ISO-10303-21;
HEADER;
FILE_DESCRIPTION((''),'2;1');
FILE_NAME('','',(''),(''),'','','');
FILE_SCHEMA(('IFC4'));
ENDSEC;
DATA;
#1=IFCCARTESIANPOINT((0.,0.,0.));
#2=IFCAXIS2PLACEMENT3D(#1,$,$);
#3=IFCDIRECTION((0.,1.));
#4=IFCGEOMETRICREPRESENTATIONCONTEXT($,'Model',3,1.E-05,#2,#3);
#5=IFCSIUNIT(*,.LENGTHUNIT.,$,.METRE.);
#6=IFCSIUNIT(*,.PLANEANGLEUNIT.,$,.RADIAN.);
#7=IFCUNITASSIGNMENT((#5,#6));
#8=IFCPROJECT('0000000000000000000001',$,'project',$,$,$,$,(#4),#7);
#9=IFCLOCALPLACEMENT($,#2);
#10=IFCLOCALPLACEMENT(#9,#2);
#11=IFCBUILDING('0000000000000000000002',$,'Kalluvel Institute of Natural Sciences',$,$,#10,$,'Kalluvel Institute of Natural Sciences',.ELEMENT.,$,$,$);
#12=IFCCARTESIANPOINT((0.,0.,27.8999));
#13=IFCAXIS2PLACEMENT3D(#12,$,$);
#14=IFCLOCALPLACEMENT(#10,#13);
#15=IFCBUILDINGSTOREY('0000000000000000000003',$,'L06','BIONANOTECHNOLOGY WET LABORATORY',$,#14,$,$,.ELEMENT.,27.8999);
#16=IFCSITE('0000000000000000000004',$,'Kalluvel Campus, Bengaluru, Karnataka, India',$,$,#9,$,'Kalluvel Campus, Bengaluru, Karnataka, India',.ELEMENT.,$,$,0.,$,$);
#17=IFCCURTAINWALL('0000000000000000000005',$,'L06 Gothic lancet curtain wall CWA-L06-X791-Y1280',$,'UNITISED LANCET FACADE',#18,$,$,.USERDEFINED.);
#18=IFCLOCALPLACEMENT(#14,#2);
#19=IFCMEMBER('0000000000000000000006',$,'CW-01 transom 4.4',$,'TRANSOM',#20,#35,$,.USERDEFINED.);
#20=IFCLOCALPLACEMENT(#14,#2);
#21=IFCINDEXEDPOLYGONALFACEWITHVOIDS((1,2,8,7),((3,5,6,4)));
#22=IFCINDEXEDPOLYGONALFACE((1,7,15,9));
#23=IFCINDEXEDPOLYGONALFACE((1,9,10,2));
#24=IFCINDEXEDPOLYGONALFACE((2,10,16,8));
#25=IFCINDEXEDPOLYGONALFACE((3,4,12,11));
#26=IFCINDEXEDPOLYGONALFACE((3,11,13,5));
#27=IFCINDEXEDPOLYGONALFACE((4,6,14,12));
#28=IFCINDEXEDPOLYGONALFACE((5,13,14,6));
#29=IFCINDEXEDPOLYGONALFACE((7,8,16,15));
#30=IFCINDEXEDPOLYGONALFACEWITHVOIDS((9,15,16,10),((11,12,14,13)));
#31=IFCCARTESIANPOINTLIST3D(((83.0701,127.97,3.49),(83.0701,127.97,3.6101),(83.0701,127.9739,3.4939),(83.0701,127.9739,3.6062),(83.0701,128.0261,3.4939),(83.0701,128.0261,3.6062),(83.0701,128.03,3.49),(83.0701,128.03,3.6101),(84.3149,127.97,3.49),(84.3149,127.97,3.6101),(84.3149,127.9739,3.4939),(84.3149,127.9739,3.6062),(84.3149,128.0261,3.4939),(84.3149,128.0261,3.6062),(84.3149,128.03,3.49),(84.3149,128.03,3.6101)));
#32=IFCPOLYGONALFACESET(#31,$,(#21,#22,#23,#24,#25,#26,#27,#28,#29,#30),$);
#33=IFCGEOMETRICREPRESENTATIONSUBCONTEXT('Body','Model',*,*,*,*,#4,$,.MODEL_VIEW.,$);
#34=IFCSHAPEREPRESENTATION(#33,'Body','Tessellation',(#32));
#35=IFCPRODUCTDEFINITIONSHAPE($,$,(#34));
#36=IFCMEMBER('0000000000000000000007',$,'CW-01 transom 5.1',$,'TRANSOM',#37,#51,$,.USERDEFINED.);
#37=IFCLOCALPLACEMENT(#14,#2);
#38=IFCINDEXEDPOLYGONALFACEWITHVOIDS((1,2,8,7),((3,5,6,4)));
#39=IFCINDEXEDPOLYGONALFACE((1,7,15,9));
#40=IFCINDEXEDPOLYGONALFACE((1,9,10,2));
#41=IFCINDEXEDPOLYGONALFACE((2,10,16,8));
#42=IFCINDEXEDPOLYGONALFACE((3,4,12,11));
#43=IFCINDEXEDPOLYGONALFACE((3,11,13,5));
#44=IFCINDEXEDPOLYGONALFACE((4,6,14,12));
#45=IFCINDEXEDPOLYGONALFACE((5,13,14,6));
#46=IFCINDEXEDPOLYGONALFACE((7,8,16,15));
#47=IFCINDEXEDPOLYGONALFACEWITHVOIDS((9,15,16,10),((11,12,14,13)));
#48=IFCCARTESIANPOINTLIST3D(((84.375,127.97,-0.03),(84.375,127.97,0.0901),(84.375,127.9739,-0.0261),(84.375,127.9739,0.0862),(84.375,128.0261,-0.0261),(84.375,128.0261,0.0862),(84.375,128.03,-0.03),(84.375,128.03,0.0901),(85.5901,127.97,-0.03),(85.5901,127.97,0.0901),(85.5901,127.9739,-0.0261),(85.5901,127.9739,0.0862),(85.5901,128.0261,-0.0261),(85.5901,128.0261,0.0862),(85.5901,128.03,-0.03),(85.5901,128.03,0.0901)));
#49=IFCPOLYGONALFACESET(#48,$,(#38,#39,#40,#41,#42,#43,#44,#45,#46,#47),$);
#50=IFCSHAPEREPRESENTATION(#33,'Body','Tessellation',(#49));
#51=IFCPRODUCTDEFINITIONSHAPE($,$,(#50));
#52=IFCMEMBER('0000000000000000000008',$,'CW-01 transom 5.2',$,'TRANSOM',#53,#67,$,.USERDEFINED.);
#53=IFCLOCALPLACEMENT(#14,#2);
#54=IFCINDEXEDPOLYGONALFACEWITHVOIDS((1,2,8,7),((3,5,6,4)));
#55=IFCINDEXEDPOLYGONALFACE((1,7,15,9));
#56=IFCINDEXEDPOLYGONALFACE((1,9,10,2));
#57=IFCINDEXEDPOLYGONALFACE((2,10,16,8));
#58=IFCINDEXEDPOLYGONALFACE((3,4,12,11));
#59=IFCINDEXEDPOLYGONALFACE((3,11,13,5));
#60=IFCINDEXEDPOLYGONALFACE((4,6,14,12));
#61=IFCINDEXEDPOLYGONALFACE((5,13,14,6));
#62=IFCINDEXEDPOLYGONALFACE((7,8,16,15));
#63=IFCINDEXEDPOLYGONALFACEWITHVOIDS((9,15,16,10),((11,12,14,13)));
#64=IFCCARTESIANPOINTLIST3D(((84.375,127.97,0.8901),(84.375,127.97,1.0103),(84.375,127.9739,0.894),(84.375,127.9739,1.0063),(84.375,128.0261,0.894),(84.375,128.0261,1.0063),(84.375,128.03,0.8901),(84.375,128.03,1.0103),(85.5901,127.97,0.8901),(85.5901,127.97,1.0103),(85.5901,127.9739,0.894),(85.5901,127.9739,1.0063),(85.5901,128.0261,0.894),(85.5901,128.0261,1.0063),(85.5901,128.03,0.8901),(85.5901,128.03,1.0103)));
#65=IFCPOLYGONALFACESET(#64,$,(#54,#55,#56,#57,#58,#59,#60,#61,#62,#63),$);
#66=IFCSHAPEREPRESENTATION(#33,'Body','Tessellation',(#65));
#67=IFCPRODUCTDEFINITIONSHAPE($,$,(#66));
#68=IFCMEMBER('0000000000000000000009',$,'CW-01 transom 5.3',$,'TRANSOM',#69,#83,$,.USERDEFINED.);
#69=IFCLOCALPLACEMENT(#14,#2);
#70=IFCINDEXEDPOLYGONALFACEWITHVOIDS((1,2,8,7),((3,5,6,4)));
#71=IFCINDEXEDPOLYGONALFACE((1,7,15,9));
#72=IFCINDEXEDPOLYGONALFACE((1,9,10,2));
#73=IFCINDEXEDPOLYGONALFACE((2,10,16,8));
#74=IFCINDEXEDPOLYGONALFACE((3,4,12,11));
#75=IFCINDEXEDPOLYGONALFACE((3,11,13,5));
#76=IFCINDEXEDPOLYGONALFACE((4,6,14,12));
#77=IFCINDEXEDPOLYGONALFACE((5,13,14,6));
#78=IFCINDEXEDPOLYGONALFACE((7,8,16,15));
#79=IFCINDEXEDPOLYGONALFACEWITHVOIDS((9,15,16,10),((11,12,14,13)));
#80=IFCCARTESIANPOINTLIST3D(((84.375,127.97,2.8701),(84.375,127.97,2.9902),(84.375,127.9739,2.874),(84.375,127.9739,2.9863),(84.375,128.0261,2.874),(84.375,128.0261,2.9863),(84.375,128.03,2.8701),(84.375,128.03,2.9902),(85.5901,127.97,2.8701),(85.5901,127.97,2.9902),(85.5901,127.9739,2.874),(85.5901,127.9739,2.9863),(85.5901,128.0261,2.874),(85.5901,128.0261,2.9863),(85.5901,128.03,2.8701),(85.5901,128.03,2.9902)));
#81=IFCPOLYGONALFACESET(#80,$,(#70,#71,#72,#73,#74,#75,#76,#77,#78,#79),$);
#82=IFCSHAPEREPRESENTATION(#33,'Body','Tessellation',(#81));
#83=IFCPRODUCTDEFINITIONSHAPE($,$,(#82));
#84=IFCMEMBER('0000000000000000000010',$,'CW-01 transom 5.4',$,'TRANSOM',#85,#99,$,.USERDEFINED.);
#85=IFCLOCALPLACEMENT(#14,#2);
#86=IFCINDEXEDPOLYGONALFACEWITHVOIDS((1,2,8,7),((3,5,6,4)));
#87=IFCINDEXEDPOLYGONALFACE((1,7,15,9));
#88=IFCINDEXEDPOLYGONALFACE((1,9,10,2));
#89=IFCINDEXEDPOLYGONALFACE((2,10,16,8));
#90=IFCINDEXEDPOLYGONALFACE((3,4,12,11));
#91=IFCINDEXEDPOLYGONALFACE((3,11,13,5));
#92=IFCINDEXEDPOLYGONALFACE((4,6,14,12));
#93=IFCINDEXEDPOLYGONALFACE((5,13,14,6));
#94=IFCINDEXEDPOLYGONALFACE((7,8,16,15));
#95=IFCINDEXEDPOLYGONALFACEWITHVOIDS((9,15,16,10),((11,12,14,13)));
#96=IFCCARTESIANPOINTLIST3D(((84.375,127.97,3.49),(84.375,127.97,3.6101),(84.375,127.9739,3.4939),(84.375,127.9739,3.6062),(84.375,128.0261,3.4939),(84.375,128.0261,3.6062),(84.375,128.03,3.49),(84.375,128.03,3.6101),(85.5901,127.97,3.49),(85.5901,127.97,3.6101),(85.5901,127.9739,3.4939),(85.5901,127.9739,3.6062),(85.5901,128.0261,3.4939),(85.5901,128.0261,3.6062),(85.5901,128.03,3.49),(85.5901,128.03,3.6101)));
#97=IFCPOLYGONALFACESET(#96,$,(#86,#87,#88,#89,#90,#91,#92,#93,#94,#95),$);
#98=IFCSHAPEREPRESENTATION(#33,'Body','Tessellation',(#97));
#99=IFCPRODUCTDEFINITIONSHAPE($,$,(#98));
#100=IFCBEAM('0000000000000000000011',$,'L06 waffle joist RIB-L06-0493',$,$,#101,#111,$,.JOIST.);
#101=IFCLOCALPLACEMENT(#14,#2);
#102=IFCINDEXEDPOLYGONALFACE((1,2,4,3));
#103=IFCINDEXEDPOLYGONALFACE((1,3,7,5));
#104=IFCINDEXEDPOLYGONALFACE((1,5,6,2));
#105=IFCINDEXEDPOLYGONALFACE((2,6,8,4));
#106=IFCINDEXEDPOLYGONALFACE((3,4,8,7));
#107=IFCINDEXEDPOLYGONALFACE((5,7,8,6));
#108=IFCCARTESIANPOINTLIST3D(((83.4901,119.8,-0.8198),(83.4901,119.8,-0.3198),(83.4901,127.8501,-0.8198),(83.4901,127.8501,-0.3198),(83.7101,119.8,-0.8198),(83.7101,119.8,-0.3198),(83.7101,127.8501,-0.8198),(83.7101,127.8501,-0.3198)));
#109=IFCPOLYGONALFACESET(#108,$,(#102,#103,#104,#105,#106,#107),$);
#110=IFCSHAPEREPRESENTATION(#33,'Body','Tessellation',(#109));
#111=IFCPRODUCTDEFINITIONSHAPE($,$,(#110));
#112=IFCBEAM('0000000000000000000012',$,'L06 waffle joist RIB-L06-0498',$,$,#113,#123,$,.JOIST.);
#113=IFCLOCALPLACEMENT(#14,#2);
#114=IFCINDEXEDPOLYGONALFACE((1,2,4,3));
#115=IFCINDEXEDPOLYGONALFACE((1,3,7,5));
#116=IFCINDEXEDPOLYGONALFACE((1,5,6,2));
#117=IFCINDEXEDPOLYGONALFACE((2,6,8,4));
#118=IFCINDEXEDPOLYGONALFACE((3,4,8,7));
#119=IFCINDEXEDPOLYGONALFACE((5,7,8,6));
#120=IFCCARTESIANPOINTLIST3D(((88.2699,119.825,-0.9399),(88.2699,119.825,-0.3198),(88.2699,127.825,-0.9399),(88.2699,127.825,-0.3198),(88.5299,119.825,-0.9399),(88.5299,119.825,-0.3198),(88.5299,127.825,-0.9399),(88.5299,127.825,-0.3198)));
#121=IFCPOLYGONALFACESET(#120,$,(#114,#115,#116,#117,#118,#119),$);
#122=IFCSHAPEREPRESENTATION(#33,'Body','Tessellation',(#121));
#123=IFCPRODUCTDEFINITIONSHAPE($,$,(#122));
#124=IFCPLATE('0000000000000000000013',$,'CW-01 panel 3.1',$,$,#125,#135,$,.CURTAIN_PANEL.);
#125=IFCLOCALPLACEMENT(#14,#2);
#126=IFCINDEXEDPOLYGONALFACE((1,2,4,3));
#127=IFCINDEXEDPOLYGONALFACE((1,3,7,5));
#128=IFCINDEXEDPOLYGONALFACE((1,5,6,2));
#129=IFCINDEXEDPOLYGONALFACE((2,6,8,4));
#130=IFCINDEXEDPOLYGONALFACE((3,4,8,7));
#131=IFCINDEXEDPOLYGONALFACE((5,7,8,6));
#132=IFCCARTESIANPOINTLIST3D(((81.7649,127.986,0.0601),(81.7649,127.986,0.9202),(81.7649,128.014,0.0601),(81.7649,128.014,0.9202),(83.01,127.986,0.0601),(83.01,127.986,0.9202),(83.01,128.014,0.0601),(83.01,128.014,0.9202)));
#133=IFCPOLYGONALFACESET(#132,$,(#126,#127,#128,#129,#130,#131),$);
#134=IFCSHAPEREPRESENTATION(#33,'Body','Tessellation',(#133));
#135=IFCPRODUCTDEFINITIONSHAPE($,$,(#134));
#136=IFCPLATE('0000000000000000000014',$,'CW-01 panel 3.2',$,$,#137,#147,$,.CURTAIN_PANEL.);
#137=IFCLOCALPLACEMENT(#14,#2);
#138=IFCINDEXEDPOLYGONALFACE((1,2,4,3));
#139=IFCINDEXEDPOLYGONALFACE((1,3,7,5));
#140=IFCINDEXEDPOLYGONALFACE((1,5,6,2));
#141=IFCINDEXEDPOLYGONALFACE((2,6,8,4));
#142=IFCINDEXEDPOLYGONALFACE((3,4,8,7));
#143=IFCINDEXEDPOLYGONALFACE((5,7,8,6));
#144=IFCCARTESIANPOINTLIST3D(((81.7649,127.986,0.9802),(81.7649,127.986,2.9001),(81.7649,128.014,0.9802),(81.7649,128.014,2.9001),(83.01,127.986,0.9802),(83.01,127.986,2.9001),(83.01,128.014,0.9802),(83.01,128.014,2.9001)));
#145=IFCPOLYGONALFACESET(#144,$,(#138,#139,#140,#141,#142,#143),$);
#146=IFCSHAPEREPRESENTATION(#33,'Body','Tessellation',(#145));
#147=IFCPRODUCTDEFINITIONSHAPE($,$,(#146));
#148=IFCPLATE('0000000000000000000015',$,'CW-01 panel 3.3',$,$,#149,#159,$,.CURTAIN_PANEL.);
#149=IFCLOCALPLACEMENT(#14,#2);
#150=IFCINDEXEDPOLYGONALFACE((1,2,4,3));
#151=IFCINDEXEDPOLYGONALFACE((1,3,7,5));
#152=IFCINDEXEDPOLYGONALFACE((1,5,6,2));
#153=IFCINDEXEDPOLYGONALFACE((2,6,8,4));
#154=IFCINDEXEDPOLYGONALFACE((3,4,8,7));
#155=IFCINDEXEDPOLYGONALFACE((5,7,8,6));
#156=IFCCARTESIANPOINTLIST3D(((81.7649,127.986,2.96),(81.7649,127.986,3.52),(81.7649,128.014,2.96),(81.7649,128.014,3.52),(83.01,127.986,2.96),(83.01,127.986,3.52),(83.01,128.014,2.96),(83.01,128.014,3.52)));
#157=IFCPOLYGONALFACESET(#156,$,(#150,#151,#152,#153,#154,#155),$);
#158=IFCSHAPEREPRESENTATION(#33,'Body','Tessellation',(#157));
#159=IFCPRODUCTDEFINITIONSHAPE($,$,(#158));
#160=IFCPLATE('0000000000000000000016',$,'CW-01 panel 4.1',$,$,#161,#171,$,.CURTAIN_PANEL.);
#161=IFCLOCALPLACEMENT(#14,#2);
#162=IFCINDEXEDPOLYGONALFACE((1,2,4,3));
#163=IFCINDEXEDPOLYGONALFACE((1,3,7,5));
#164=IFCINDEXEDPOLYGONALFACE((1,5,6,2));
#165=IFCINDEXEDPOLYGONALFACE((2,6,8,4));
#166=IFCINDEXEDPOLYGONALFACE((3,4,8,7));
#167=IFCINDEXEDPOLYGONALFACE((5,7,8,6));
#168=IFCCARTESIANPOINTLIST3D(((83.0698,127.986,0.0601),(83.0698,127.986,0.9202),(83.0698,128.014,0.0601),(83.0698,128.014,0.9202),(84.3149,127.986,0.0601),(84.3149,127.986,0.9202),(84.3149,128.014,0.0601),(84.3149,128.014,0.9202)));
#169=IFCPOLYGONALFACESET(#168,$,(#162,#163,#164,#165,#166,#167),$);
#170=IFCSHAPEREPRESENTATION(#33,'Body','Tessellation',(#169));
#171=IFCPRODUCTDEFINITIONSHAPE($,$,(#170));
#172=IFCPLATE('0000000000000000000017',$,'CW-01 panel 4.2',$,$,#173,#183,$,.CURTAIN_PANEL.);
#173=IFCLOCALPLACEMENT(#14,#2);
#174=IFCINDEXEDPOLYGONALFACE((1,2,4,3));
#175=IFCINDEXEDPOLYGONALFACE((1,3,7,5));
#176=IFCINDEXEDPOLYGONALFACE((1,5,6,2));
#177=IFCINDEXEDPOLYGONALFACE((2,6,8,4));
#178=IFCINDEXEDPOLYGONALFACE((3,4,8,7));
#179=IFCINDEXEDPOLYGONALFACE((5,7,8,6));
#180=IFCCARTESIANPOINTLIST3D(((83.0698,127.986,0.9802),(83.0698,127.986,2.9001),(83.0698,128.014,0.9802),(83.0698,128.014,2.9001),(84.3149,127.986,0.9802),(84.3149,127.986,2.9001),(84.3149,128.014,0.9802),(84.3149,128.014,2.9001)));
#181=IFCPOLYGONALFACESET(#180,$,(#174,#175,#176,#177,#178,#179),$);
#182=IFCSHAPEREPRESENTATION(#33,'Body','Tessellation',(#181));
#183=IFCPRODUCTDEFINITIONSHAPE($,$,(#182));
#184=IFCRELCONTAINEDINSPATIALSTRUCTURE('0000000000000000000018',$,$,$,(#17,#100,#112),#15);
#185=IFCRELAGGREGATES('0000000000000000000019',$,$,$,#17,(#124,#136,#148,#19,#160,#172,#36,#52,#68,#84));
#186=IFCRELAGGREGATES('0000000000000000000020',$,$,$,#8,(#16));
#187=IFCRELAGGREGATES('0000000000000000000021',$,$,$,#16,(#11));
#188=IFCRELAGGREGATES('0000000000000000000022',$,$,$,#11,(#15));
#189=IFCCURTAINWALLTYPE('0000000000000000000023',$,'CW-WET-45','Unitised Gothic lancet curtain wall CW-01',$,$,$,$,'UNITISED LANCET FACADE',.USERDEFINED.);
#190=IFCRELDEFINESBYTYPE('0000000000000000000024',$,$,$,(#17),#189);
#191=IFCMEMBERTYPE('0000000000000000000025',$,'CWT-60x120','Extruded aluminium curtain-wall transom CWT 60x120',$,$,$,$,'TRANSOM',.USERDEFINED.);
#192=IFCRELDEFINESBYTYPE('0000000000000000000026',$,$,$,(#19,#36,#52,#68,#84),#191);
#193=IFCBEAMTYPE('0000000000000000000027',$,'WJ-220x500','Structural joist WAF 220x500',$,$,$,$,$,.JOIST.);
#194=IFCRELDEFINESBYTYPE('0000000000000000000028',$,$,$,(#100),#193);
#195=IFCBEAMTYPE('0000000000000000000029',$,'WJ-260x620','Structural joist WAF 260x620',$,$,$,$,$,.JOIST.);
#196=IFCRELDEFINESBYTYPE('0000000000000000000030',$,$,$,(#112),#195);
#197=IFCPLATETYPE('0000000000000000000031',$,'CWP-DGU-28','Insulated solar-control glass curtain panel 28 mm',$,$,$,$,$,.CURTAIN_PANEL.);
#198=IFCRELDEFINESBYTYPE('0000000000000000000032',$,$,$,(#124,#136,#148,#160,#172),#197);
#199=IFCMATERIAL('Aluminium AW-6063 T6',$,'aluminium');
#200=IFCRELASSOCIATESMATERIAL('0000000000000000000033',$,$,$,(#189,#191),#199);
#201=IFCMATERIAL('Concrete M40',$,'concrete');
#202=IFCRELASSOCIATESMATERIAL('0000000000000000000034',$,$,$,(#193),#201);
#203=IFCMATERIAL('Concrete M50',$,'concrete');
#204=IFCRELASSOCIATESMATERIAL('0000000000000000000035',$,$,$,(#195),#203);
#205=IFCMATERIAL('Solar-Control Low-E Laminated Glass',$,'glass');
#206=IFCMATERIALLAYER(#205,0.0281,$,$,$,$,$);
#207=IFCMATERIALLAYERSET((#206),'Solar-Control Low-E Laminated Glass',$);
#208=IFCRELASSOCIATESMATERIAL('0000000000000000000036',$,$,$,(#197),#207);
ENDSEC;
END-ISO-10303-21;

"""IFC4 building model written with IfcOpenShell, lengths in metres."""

from ifc_helpers import new_model, si_unit, direction, frame, origin, origin_2d, place, context, subcontext, project, spatial, rectangle, hollow_rectangle, extrude, material, layer, layer_set, material_profile, profile_set, type_object, element, aggregate, save


model = new_model("IFC4")

# Units and contexts
model_context = context("Model", 3, precision=1e-05, world=origin(), true_north=direction((0.0, 1.0)))
body_context = subcontext(model_context, "Body", "Model", "MODEL_VIEW")
ifc_project = project(units=[si_unit("LENGTHUNIT", "METRE"), si_unit("PLANEANGLEUNIT", "RADIAN")], contexts=[model_context])

# Site, building, storey
site_placement = place(None, origin())
site = spatial("IfcSite", under=ifc_project, at=site_placement, Name="Kalluvel Campus, Bengaluru, Karnataka, India", LongName="Kalluvel Campus, Bengaluru, Karnataka, India", CompositionType="ELEMENT", RefElevation=0.0)
building_placement = place(site_placement, origin())
building = spatial("IfcBuilding", under=site, at=building_placement, Name="Kalluvel Institute of Natural Sciences", LongName="Kalluvel Institute of Natural Sciences", CompositionType="ELEMENT")
storey_placement = place(building_placement, frame((0.0, 0.0, 27.8999)))
storey = spatial("IfcBuildingStorey", under=building, at=storey_placement, Name="L06", Description="BIONANOTECHNOLOGY WET LABORATORY", CompositionType="ELEMENT", Elevation=27.8999)

# Shared definitions
ifc_material_1 = material(Name="Concrete M40", Category="concrete")
ifc_material_2 = material(Name="Concrete M50", Category="concrete")

# Curtain wall, members
ifc_material_3 = material(Name="Aluminium AW-6063 T6", Category="aluminium")
curtain_wall_type = type_object("IfcCurtainWallType", Name="CW-WET-45", Description="Unitised Gothic lancet curtain wall CW-01", ElementType="UNITISED LANCET FACADE", PredefinedType="USERDEFINED", material=ifc_material_3)
curtain_wall_placement = place(storey_placement, origin())
curtain_wall = element("IfcCurtainWall", 1, at=curtain_wall_placement, inside=storey, type_object=curtain_wall_type, Name="L06 Gothic lancet curtain wall CWA-L06-X791-Y1280", ObjectType="UNITISED LANCET FACADE", PredefinedType="USERDEFINED")
ifc_material_profile_1 = material_profile(ifc_material_3, hollow_rectangle(XDim=0.0601, YDim=0.1201, WallThickness=0.0039, at=origin_2d()), Name="CWT 60x120")
ifc_profile_set_1 = profile_set([ifc_material_profile_1], Name="Aluminium AW-6063 T6")
member_type_1 = type_object("IfcMemberType", Name="CWT-60x120", Description="Extruded aluminium curtain-wall transom CWT 60x120", ElementType="TRANSOM", PredefinedType="USERDEFINED", material=ifc_profile_set_1)
member_1_placement = place(storey_placement, frame((83.0701, 128.0, 3.55), z_axis=(1.0, 0.0, 0.0), x_axis=(0.0, 1.0, 0.0)))
member_1 = element("IfcMember", 2, at=member_1_placement, type_object=member_type_1, Name="CW-01 transom 4.4", ObjectType="TRANSOM", PredefinedType="USERDEFINED", context=body_context, shape_type="SweptSolid", body=[
    extrude(hollow_rectangle(XDim=0.0601, YDim=0.1201, WallThickness=0.0039, at=origin_2d()), origin(), (0.0, 0.0, 1.0), 1.2449),
])
member_2_placement = place(storey_placement, frame((84.375, 128.0, 0.03), z_axis=(1.0, 0.0, 0.0), x_axis=(0.0, 1.0, 0.0)))
member_2 = element("IfcMember", 3, at=member_2_placement, type_object=member_type_1, Name="CW-01 transom 5.1", ObjectType="TRANSOM", PredefinedType="USERDEFINED", context=body_context, shape_type="SweptSolid", body=[
    extrude(hollow_rectangle(XDim=0.0601, YDim=0.1201, WallThickness=0.0039, at=origin_2d()), origin(), (0.0, 0.0, 1.0), 1.2151),
])
member_3_placement = place(storey_placement, frame((84.375, 128.0, 0.9502), z_axis=(1.0, 0.0, 0.0), x_axis=(0.0, 1.0, 0.0)))
member_3 = element("IfcMember", 4, at=member_3_placement, type_object=member_type_1, Name="CW-01 transom 5.2", ObjectType="TRANSOM", PredefinedType="USERDEFINED", context=body_context, shape_type="SweptSolid", body=[
    extrude(hollow_rectangle(XDim=0.0601, YDim=0.1201, WallThickness=0.0039, at=origin_2d()), origin(), (0.0, 0.0, 1.0), 1.2151),
])
member_4_placement = place(storey_placement, frame((84.375, 128.0, 2.9302), z_axis=(1.0, 0.0, 0.0), x_axis=(0.0, 1.0, 0.0)))
member_4 = element("IfcMember", 5, at=member_4_placement, type_object=member_type_1, Name="CW-01 transom 5.3", ObjectType="TRANSOM", PredefinedType="USERDEFINED", context=body_context, shape_type="SweptSolid", body=[
    extrude(hollow_rectangle(XDim=0.0601, YDim=0.1201, WallThickness=0.0039, at=origin_2d()), origin(), (0.0, 0.0, 1.0), 1.2151),
])
member_5_placement = place(storey_placement, frame((84.375, 128.0, 3.55), z_axis=(1.0, 0.0, 0.0), x_axis=(0.0, 1.0, 0.0)))
member_5 = element("IfcMember", 6, at=member_5_placement, type_object=member_type_1, Name="CW-01 transom 5.4", ObjectType="TRANSOM", PredefinedType="USERDEFINED", context=body_context, shape_type="SweptSolid", body=[
    extrude(hollow_rectangle(XDim=0.0601, YDim=0.1201, WallThickness=0.0039, at=origin_2d()), origin(), (0.0, 0.0, 1.0), 1.2151),
])

# Beams
ifc_material_profile_2 = material_profile(ifc_material_1, rectangle(XDim=0.22, YDim=0.5, at=origin_2d()), Name="WAF 220x500")
ifc_profile_set_2 = profile_set([ifc_material_profile_2], Name="Concrete M40")
beam_type_1 = type_object("IfcBeamType", Name="WJ-220x500", Description="Structural joist WAF 220x500", PredefinedType="JOIST", material=ifc_profile_set_2)
beam_1_placement = place(storey_placement, frame((83.6001, 119.8, -0.5698), z_axis=(0.0, 1.0, 0.0), x_axis=(-1.0, 0.0, 0.0)))
element("IfcBeam", 7, at=beam_1_placement, inside=storey, type_object=beam_type_1, Name="L06 waffle joist RIB-L06-0493", PredefinedType="JOIST", context=body_context, shape_type="SweptSolid", body=[
    extrude(rectangle(XDim=0.22, YDim=0.5, at=origin_2d()), origin(), (0.0, 0.0, 1.0), 8.05),
])
ifc_material_profile_3 = material_profile(ifc_material_2, rectangle(XDim=0.26, YDim=0.6201, at=origin_2d()), Name="WAF 260x620")
ifc_profile_set_3 = profile_set([ifc_material_profile_3], Name="Concrete M50")
beam_type_2 = type_object("IfcBeamType", Name="WJ-260x620", Description="Structural joist WAF 260x620", PredefinedType="JOIST", material=ifc_profile_set_3)
beam_2_placement = place(storey_placement, frame((88.3999, 119.825, -0.6299), z_axis=(0.0, 1.0, 0.0), x_axis=(-1.0, 0.0, 0.0)))
element("IfcBeam", 8, at=beam_2_placement, inside=storey, type_object=beam_type_2, Name="L06 waffle joist RIB-L06-0498", PredefinedType="JOIST", context=body_context, shape_type="SweptSolid", body=[
    extrude(rectangle(XDim=0.26, YDim=0.6201, at=origin_2d()), origin(), (0.0, 0.0, 1.0), 8.0),
])

# Plates
ifc_material_4 = material(Name="Solar-Control Low-E Laminated Glass", Category="glass")
ifc_layer = layer(ifc_material_4, 0.0281)
ifc_layer_set = layer_set([ifc_layer], Name="Solar-Control Low-E Laminated Glass")
plate_type = type_object("IfcPlateType", Name="CWP-DGU-28", Description="Insulated solar-control glass curtain panel 28 mm", PredefinedType="CURTAIN_PANEL", material=ifc_layer_set)
plate_1_placement = place(storey_placement, frame((82.3875, 128.0, 0.0601), z_axis=(0.0, 0.0, 1.0), x_axis=(1.0, 0.0, 0.0)))
plate_1 = element("IfcPlate", 9, at=plate_1_placement, type_object=plate_type, Name="CW-01 panel 3.1", PredefinedType="CURTAIN_PANEL", context=body_context, shape_type="SweptSolid", body=[
    extrude(rectangle(XDim=1.2451, YDim=0.0281, at=origin_2d()), origin(), (0.0, 0.0, 1.0), 0.8601),
])
plate_2_placement = place(storey_placement, frame((82.3875, 128.0, 0.9802), z_axis=(0.0, 0.0, 1.0), x_axis=(1.0, 0.0, 0.0)))
plate_2 = element("IfcPlate", 10, at=plate_2_placement, type_object=plate_type, Name="CW-01 panel 3.2", PredefinedType="CURTAIN_PANEL", context=body_context, shape_type="SweptSolid", body=[
    extrude(rectangle(XDim=1.2451, YDim=0.0281, at=origin_2d()), origin(), (0.0, 0.0, 1.0), 1.9199),
])
plate_3_placement = place(storey_placement, frame((82.3875, 128.0, 2.96), z_axis=(0.0, 0.0, 1.0), x_axis=(1.0, 0.0, 0.0)))
plate_3 = element("IfcPlate", 11, at=plate_3_placement, type_object=plate_type, Name="CW-01 panel 3.3", PredefinedType="CURTAIN_PANEL", context=body_context, shape_type="SweptSolid", body=[
    extrude(rectangle(XDim=1.2451, YDim=0.0281, at=origin_2d()), origin(), (0.0, 0.0, 1.0), 0.5601),
])
plate_4_placement = place(storey_placement, frame((83.6924, 128.0, 0.0601), z_axis=(0.0, 0.0, 1.0), x_axis=(1.0, 0.0, 0.0)))
plate_4 = element("IfcPlate", 12, at=plate_4_placement, type_object=plate_type, Name="CW-01 panel 4.1", PredefinedType="CURTAIN_PANEL", context=body_context, shape_type="SweptSolid", body=[
    extrude(rectangle(XDim=1.2451, YDim=0.0281, at=origin_2d()), origin(), (0.0, 0.0, 1.0), 0.8601),
])
plate_5_placement = place(storey_placement, frame((83.6924, 128.0, 0.9802), z_axis=(0.0, 0.0, 1.0), x_axis=(1.0, 0.0, 0.0)))
plate_5 = element("IfcPlate", 13, at=plate_5_placement, type_object=plate_type, Name="CW-01 panel 4.2", PredefinedType="CURTAIN_PANEL", context=body_context, shape_type="SweptSolid", body=[
    extrude(rectangle(XDim=1.2451, YDim=0.0281, at=origin_2d()), origin(), (0.0, 0.0, 1.0), 1.9199),
])
aggregate(curtain_wall, [plate_1, plate_2, plate_3, member_1, plate_4, plate_5, member_2, member_3, member_4, member_5])

save(model, "model.ifc")
